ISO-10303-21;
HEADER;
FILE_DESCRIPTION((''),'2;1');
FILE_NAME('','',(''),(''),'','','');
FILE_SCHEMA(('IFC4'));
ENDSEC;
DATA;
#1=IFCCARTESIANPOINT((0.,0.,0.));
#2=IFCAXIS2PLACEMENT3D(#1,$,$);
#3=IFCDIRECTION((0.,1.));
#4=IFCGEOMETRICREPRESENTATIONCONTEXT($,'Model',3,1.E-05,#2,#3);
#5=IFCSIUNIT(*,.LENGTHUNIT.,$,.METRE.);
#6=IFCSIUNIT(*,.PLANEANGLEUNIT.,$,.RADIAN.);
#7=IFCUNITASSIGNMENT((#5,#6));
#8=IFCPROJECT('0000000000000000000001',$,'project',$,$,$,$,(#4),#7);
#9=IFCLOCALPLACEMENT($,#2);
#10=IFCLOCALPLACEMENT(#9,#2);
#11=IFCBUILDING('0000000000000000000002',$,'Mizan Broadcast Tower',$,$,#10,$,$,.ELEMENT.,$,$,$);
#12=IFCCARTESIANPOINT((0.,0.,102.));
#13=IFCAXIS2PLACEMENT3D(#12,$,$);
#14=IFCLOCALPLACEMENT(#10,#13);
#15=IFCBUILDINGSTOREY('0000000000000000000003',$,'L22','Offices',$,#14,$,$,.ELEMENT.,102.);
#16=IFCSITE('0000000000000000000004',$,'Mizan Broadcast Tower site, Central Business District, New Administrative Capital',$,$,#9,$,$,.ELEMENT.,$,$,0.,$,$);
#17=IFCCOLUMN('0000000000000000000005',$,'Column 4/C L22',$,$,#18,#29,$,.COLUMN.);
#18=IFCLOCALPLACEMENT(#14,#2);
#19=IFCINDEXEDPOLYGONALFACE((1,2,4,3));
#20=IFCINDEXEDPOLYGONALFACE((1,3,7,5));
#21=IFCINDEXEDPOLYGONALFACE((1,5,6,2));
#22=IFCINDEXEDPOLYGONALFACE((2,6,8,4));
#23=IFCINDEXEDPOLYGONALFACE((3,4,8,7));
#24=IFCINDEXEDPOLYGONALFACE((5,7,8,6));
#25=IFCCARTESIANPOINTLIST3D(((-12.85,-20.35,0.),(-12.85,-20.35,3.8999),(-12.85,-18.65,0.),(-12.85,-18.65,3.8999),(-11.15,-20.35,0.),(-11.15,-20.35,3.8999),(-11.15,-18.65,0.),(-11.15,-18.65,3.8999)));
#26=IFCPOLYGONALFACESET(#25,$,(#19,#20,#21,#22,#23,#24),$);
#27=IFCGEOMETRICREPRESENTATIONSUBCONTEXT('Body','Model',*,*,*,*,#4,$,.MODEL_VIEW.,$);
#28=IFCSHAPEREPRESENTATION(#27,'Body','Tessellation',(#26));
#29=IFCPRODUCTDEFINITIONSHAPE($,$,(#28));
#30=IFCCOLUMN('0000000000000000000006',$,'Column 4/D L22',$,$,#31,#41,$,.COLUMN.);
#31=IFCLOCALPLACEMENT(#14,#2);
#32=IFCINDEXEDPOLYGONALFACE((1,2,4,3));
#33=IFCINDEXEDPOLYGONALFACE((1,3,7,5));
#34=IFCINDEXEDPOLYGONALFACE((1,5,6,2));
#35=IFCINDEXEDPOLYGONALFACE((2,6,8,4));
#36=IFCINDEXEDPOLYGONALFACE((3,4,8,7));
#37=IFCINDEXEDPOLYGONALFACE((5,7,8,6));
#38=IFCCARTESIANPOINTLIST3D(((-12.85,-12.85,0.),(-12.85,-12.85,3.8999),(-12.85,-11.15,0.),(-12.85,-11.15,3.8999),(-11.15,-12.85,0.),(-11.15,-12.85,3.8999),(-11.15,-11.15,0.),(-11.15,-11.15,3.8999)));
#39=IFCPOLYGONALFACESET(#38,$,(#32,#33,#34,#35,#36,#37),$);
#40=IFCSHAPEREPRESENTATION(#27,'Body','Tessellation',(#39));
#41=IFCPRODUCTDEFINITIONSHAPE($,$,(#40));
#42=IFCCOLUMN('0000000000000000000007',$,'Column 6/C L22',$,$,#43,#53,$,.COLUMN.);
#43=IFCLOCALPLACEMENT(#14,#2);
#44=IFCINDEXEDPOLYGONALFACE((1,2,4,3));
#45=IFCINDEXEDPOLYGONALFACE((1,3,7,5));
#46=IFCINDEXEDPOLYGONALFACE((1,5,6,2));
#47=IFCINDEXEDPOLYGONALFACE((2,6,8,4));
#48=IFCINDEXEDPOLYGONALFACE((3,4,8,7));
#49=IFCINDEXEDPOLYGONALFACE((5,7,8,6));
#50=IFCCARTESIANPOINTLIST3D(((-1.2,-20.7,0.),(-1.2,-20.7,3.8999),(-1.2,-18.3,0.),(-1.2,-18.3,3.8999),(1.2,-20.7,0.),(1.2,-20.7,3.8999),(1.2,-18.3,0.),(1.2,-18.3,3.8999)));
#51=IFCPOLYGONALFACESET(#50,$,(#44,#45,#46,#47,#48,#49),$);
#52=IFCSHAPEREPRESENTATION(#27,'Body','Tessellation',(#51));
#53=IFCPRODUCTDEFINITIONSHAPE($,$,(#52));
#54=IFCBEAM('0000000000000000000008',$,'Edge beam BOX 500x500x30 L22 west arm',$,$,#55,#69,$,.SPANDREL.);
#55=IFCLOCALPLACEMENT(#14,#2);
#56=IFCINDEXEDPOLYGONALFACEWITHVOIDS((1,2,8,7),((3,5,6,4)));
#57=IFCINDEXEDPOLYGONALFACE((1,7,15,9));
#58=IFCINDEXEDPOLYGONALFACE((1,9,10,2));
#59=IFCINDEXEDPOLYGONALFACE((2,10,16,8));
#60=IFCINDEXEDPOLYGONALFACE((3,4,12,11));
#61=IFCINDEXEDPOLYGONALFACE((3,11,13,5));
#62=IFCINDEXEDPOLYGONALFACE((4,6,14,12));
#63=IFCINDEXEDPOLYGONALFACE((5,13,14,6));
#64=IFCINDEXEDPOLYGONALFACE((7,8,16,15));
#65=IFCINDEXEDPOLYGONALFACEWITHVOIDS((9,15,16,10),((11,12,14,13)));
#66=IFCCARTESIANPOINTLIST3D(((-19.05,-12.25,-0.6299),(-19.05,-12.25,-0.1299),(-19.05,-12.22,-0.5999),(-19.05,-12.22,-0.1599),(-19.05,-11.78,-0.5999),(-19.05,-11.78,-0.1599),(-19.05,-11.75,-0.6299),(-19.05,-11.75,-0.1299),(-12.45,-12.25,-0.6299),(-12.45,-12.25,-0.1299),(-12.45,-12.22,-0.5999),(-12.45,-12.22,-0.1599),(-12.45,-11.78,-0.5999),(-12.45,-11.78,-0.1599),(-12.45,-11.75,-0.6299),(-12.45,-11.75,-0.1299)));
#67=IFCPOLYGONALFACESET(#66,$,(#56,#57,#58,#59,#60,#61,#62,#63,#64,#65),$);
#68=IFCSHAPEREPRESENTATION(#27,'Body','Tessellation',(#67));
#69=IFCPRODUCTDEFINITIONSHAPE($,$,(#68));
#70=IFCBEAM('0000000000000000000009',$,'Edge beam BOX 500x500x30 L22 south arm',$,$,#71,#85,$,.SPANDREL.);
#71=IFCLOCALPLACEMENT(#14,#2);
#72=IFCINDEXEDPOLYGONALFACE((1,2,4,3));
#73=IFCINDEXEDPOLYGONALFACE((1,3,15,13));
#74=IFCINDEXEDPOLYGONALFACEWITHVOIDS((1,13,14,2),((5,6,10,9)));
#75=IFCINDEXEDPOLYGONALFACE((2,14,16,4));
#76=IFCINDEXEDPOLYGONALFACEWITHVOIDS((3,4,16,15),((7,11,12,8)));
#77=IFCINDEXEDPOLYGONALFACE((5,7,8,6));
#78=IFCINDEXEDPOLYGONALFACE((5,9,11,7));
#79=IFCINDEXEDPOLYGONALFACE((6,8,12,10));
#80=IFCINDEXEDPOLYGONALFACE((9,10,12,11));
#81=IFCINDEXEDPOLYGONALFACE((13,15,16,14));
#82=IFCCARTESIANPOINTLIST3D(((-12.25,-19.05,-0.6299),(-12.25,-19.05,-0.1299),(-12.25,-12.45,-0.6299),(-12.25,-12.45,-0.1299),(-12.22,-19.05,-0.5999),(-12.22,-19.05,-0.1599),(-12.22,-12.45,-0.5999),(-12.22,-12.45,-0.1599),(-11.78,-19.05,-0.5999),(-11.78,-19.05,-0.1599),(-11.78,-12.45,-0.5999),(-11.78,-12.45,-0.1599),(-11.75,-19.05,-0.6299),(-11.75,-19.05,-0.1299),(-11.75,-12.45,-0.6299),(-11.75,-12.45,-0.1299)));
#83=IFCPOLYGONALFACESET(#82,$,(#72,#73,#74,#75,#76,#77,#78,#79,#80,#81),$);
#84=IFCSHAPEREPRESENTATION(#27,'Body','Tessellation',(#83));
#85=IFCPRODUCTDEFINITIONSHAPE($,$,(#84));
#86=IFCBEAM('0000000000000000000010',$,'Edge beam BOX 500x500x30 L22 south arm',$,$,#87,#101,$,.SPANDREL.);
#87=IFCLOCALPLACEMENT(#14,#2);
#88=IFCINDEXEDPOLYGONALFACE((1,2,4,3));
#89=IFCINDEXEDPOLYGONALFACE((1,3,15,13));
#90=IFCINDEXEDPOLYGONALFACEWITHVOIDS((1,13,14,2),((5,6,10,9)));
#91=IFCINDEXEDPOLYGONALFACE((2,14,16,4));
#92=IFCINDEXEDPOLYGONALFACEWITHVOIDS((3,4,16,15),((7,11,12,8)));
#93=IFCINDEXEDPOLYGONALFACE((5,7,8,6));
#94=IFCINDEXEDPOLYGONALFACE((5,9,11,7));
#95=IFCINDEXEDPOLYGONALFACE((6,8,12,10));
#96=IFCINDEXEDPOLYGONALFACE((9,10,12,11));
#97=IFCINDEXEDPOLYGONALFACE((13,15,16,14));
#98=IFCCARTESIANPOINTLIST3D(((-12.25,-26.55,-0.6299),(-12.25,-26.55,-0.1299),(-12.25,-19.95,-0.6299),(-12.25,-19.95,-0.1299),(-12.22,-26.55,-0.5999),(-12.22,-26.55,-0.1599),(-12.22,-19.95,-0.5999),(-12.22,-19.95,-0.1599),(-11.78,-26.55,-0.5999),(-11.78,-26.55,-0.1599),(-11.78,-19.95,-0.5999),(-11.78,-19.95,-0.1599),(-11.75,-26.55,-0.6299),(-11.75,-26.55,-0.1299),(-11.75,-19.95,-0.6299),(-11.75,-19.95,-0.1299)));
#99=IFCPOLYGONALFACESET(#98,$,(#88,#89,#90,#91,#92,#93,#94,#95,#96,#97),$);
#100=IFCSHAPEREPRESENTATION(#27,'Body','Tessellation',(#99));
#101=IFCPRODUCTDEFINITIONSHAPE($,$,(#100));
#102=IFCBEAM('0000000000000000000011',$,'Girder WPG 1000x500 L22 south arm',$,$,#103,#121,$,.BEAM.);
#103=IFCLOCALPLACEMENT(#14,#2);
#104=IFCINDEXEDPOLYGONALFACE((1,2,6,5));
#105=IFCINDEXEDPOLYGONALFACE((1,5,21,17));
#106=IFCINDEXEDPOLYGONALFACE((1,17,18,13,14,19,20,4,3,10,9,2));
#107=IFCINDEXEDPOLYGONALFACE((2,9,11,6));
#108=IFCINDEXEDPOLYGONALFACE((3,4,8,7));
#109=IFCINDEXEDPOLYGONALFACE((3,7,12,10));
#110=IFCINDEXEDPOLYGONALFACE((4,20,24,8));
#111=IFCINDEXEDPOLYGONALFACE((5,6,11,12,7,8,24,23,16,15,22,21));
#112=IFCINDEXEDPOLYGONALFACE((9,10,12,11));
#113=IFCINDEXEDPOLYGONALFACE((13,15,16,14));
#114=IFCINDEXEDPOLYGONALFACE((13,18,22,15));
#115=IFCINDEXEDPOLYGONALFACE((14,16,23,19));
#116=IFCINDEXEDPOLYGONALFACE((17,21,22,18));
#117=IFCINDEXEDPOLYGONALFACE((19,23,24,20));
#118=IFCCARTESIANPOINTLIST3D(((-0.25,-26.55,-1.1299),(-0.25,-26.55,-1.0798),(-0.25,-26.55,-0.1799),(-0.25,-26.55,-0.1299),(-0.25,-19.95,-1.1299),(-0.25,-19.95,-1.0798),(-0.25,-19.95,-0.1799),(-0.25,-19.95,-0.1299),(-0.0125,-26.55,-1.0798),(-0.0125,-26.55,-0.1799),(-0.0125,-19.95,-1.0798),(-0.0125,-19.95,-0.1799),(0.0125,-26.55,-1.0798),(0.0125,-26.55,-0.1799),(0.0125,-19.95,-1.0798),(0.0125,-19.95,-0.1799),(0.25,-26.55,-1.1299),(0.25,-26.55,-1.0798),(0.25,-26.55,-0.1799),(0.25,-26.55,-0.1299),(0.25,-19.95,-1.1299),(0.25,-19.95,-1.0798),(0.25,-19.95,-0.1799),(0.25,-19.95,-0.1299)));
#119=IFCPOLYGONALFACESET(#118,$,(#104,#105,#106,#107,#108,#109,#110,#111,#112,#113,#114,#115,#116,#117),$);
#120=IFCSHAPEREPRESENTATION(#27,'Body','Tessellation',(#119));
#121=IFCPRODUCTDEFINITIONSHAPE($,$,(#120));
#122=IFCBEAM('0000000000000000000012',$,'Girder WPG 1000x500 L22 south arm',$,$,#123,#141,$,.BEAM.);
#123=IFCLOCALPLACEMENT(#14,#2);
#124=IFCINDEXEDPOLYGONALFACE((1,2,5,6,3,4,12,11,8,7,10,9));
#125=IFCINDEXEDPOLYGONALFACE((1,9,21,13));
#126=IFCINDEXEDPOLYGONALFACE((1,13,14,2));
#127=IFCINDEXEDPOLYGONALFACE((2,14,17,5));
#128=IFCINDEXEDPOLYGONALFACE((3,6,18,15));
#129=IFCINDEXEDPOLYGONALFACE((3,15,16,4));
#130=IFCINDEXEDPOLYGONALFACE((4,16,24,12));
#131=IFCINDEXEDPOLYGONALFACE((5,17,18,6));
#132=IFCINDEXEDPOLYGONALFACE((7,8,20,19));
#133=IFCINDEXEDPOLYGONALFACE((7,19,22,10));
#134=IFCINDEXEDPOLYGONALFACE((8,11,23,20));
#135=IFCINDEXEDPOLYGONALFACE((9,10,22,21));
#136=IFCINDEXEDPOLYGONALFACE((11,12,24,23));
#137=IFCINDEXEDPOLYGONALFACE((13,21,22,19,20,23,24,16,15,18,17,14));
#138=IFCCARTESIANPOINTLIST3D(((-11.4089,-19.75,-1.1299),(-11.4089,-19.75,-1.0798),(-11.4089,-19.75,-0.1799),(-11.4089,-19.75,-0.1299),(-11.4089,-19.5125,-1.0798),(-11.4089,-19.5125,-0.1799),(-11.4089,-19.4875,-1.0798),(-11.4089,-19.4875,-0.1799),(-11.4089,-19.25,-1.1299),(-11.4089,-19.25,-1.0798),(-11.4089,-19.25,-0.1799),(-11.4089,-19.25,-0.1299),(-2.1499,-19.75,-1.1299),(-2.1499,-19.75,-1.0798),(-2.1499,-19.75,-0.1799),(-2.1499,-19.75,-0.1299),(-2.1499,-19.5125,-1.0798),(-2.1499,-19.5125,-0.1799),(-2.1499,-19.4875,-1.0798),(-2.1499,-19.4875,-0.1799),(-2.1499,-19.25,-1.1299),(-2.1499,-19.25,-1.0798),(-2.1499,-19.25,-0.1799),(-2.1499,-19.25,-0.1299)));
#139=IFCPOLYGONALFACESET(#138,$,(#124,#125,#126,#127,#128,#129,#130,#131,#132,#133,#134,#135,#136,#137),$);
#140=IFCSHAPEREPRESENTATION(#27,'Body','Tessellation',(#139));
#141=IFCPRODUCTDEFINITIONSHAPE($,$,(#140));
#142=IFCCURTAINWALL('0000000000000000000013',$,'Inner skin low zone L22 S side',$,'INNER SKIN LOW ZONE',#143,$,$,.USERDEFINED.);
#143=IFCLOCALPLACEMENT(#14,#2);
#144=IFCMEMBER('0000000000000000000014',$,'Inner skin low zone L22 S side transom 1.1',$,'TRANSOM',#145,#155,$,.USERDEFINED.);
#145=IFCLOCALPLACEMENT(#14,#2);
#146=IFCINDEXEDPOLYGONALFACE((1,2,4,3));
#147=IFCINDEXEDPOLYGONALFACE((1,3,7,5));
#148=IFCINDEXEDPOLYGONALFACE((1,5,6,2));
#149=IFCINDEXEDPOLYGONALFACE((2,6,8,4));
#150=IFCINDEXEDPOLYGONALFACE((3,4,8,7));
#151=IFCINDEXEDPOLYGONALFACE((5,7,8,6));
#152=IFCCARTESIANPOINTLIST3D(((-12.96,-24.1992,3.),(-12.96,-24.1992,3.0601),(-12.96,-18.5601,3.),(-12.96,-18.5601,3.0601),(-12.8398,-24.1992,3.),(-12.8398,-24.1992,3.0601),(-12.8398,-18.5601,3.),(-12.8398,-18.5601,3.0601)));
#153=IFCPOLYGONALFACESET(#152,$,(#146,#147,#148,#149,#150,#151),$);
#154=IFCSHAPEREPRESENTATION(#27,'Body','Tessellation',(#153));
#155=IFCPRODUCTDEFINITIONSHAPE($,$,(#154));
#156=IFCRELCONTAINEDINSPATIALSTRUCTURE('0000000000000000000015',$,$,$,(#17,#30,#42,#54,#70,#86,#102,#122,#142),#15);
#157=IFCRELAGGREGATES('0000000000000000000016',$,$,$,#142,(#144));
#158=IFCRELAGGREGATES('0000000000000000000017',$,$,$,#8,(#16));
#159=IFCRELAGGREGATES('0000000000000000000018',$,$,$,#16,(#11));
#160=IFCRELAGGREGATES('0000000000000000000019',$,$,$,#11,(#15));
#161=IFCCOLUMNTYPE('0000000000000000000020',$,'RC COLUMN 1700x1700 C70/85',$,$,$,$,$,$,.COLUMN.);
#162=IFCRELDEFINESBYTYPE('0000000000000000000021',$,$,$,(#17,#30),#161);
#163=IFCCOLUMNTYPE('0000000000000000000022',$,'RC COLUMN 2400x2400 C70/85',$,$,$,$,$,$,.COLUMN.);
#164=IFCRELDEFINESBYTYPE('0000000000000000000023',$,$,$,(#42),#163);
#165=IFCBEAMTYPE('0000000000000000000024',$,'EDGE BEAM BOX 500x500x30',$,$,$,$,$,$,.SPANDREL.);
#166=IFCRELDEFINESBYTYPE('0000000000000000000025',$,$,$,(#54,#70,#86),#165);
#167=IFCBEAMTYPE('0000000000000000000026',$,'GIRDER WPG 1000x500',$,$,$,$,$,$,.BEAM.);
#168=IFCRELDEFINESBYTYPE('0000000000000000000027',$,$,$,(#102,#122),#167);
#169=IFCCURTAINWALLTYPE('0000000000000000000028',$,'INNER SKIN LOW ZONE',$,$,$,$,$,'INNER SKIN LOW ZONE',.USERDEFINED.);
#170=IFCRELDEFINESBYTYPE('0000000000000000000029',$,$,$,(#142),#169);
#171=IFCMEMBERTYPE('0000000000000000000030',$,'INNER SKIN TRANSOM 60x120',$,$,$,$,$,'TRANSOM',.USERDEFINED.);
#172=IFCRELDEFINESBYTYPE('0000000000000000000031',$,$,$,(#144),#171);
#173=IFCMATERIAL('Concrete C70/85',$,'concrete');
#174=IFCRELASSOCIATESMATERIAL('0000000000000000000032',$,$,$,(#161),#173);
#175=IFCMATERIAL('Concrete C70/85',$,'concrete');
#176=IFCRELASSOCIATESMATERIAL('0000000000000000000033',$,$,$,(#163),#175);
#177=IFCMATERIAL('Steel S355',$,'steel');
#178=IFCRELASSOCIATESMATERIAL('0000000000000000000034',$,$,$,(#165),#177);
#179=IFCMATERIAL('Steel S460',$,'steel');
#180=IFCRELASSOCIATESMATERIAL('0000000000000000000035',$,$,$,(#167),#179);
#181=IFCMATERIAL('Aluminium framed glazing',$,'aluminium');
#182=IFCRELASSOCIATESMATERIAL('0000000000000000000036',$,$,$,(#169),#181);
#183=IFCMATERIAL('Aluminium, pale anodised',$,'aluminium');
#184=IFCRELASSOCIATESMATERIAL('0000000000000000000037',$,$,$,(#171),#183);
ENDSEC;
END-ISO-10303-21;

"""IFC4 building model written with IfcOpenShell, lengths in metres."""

from ifc_helpers import new_model, si_unit, direction, frame, origin, origin_2d, place, context, subcontext, project, spatial, rectangle, hollow_rectangle, i_section, extrude, material, material_profile, profile_set, type_object, element, aggregate, save


model = new_model("IFC4")

# Units and contexts
model_context = context("Model", 3, precision=1e-05, world=origin(), true_north=direction((0.0, 1.0)))
body_context = subcontext(model_context, "Body", "Model", "MODEL_VIEW")
ifc_project = project(units=[si_unit("LENGTHUNIT", "METRE"), si_unit("PLANEANGLEUNIT", "RADIAN")], contexts=[model_context])

# Site, building, storey
site_placement = place(None, origin())
site = spatial("IfcSite", under=ifc_project, at=site_placement, Name="Mizan Broadcast Tower site, Central Business District, New Administrative Capital", CompositionType="ELEMENT", RefElevation=0.0)
building_placement = place(site_placement, origin())
building = spatial("IfcBuilding", under=site, at=building_placement, Name="Mizan Broadcast Tower", CompositionType="ELEMENT")
storey_placement = place(building_placement, frame((0.0, 0.0, 102.0)))
storey = spatial("IfcBuildingStorey", under=building, at=storey_placement, Name="L22", Description="Offices", CompositionType="ELEMENT", Elevation=102.0)

# Columns
ifc_material_1 = material(Name="Concrete C70/85", Category="concrete")
ifc_material_profile_1 = material_profile(ifc_material_1, rectangle(XDim=1.7, YDim=1.7, at=origin_2d()), Name="RC 1700x1700")
ifc_profile_set_1 = profile_set([ifc_material_profile_1], Name="Concrete C70/85")
column_type_1 = type_object("IfcColumnType", Name="RC COLUMN 1700x1700 C70/85", PredefinedType="COLUMN", material=ifc_profile_set_1)
for number, where, z_axis, x_axis, name in (
    (1, (-12.0, -19.5, 0.0), (0.0, 0.0, 1.0), (1.0, 0.0, 0.0), "Column 4/C L22"),
    (2, (-12.0, -12.0, 0.0), (0.0, 0.0, 1.0), (1.0, 0.0, 0.0), "Column 4/D L22"),
):
    element("IfcColumn", number, at=place(storey_placement, frame(where, z_axis=z_axis, x_axis=x_axis)), inside=storey, type_object=column_type_1, Name=name, PredefinedType="COLUMN", context=body_context, shape_type="SweptSolid", body=[
        extrude(rectangle(XDim=1.7, YDim=1.7, at=origin_2d()), origin(), (0.0, 0.0, 1.0), 3.8999),
    ])
ifc_material_2 = material(Name="Concrete C70/85", Category="concrete")
ifc_material_profile_2 = material_profile(ifc_material_2, rectangle(XDim=2.3999, YDim=2.3999, at=origin_2d()), Name="RC 2400x2400")
ifc_profile_set_2 = profile_set([ifc_material_profile_2], Name="Concrete C70/85")
column_type_2 = type_object("IfcColumnType", Name="RC COLUMN 2400x2400 C70/85", PredefinedType="COLUMN", material=ifc_profile_set_2)
column_placement = place(storey_placement, frame((0.0, -19.5, 0.0), z_axis=(0.0, 0.0, 1.0), x_axis=(1.0, 0.0, 0.0)))
element("IfcColumn", 3, at=column_placement, inside=storey, type_object=column_type_2, Name="Column 6/C L22", PredefinedType="COLUMN", context=body_context, shape_type="SweptSolid", body=[
    extrude(rectangle(XDim=2.3999, YDim=2.3999, at=origin_2d()), origin(), (0.0, 0.0, 1.0), 3.8999),
])

# Beams
ifc_material_3 = material(Name="Steel S355", Category="steel")
ifc_material_profile_3 = material_profile(ifc_material_3, hollow_rectangle(XDim=0.5, YDim=0.5, WallThickness=0.03, at=origin_2d()), Name="BOX 500x500x30")
ifc_profile_set_3 = profile_set([ifc_material_profile_3], Name="Steel S355")
beam_type_1 = type_object("IfcBeamType", Name="EDGE BEAM BOX 500x500x30", PredefinedType="SPANDREL", material=ifc_profile_set_3)
for number, where, z_axis, x_axis, name in (
    (4, (-12.45, -12.0, -0.3799), (-1.0, 0.0, 0.0), (0.0, -1.0, 0.0), "Edge beam BOX 500x500x30 L22 west arm"),
    (5, (-12.0, -12.45, -0.3799), (0.0, -1.0, 0.0), (1.0, 0.0, 0.0), "Edge beam BOX 500x500x30 L22 south arm"),
    (6, (-12.0, -19.95, -0.3799), (0.0, -1.0, 0.0), (1.0, 0.0, 0.0), "Edge beam BOX 500x500x30 L22 south arm"),
):
    element("IfcBeam", number, at=place(storey_placement, frame(where, z_axis=z_axis, x_axis=x_axis)), inside=storey, type_object=beam_type_1, Name=name, PredefinedType="SPANDREL", context=body_context, shape_type="SweptSolid", body=[
        extrude(hollow_rectangle(XDim=0.5, YDim=0.5, WallThickness=0.03, at=origin_2d()), origin(), (0.0, 0.0, 1.0), 6.6001),
    ])
ifc_material_4 = material(Name="Steel S460", Category="steel")
ifc_material_profile_4 = material_profile(ifc_material_4, i_section(OverallWidth=0.5, OverallDepth=1.0, WebThickness=0.0249, FlangeThickness=0.05, at=origin_2d()), Name="WPG 1000x500")
ifc_profile_set_4 = profile_set([ifc_material_profile_4], Name="Steel S460")
beam_type_2 = type_object("IfcBeamType", Name="GIRDER WPG 1000x500", PredefinedType="BEAM", material=ifc_profile_set_4)
beam_1_placement = place(storey_placement, frame((0.0, -19.95, -0.6299), z_axis=(0.0, -1.0, 0.0), x_axis=(1.0, 0.0, 0.0)))
element("IfcBeam", 7, at=beam_1_placement, inside=storey, type_object=beam_type_2, Name="Girder WPG 1000x500 L22 south arm", PredefinedType="BEAM", context=body_context, shape_type="SweptSolid", body=[
    extrude(i_section(OverallWidth=0.5, OverallDepth=1.0, WebThickness=0.0249, FlangeThickness=0.05, at=origin_2d()), origin(), (0.0, 0.0, 1.0), 6.6001),
])
beam_2_placement = place(storey_placement, frame((-11.4089, -19.5, -0.6299), z_axis=(1.0, 0.0, 0.0), x_axis=(0.0, 1.0, 0.0)))
element("IfcBeam", 8, at=beam_2_placement, inside=storey, type_object=beam_type_2, Name="Girder WPG 1000x500 L22 south arm", PredefinedType="BEAM", context=body_context, shape_type="SweptSolid", body=[
    extrude(i_section(OverallWidth=0.5, OverallDepth=1.0, WebThickness=0.0249, FlangeThickness=0.05, at=origin_2d()), origin(), (0.0, 0.0, 1.0), 9.259),
])

# Curtain wall, member
ifc_material_5 = material(Name="Aluminium framed glazing", Category="aluminium")
curtain_wall_type = type_object("IfcCurtainWallType", Name="INNER SKIN LOW ZONE", ElementType="INNER SKIN LOW ZONE", PredefinedType="USERDEFINED", material=ifc_material_5)
curtain_wall_placement = place(storey_placement, origin())
curtain_wall = element("IfcCurtainWall", 9, at=curtain_wall_placement, inside=storey, type_object=curtain_wall_type, Name="Inner skin low zone L22 S side", ObjectType="INNER SKIN LOW ZONE", PredefinedType="USERDEFINED")
ifc_material_6 = material(Name="Aluminium, pale anodised", Category="aluminium")
ifc_material_profile_5 = material_profile(ifc_material_6, rectangle(XDim=0.1201, YDim=0.0601, at=origin_2d()), Name="TRANSOM 120x60")
ifc_profile_set_5 = profile_set([ifc_material_profile_5], Name="Aluminium, pale anodised")
member_type = type_object("IfcMemberType", Name="INNER SKIN TRANSOM 60x120", ElementType="TRANSOM", PredefinedType="USERDEFINED", material=ifc_profile_set_5)
member_placement = place(storey_placement, frame((-12.8999, -18.5601, 3.03), z_axis=(0.0, -1.0, 0.0), x_axis=(1.0, 0.0, 0.0)))
member = element("IfcMember", 10, at=member_placement, type_object=member_type, Name="Inner skin low zone L22 S side transom 1.1", ObjectType="TRANSOM", PredefinedType="USERDEFINED", context=body_context, shape_type="SweptSolid", body=[
    extrude(rectangle(XDim=0.1201, YDim=0.0601, at=origin_2d()), origin(), (0.0, 0.0, 1.0), 5.6392),
])

aggregate(curtain_wall, [member])

save(model, "model.ifc")
